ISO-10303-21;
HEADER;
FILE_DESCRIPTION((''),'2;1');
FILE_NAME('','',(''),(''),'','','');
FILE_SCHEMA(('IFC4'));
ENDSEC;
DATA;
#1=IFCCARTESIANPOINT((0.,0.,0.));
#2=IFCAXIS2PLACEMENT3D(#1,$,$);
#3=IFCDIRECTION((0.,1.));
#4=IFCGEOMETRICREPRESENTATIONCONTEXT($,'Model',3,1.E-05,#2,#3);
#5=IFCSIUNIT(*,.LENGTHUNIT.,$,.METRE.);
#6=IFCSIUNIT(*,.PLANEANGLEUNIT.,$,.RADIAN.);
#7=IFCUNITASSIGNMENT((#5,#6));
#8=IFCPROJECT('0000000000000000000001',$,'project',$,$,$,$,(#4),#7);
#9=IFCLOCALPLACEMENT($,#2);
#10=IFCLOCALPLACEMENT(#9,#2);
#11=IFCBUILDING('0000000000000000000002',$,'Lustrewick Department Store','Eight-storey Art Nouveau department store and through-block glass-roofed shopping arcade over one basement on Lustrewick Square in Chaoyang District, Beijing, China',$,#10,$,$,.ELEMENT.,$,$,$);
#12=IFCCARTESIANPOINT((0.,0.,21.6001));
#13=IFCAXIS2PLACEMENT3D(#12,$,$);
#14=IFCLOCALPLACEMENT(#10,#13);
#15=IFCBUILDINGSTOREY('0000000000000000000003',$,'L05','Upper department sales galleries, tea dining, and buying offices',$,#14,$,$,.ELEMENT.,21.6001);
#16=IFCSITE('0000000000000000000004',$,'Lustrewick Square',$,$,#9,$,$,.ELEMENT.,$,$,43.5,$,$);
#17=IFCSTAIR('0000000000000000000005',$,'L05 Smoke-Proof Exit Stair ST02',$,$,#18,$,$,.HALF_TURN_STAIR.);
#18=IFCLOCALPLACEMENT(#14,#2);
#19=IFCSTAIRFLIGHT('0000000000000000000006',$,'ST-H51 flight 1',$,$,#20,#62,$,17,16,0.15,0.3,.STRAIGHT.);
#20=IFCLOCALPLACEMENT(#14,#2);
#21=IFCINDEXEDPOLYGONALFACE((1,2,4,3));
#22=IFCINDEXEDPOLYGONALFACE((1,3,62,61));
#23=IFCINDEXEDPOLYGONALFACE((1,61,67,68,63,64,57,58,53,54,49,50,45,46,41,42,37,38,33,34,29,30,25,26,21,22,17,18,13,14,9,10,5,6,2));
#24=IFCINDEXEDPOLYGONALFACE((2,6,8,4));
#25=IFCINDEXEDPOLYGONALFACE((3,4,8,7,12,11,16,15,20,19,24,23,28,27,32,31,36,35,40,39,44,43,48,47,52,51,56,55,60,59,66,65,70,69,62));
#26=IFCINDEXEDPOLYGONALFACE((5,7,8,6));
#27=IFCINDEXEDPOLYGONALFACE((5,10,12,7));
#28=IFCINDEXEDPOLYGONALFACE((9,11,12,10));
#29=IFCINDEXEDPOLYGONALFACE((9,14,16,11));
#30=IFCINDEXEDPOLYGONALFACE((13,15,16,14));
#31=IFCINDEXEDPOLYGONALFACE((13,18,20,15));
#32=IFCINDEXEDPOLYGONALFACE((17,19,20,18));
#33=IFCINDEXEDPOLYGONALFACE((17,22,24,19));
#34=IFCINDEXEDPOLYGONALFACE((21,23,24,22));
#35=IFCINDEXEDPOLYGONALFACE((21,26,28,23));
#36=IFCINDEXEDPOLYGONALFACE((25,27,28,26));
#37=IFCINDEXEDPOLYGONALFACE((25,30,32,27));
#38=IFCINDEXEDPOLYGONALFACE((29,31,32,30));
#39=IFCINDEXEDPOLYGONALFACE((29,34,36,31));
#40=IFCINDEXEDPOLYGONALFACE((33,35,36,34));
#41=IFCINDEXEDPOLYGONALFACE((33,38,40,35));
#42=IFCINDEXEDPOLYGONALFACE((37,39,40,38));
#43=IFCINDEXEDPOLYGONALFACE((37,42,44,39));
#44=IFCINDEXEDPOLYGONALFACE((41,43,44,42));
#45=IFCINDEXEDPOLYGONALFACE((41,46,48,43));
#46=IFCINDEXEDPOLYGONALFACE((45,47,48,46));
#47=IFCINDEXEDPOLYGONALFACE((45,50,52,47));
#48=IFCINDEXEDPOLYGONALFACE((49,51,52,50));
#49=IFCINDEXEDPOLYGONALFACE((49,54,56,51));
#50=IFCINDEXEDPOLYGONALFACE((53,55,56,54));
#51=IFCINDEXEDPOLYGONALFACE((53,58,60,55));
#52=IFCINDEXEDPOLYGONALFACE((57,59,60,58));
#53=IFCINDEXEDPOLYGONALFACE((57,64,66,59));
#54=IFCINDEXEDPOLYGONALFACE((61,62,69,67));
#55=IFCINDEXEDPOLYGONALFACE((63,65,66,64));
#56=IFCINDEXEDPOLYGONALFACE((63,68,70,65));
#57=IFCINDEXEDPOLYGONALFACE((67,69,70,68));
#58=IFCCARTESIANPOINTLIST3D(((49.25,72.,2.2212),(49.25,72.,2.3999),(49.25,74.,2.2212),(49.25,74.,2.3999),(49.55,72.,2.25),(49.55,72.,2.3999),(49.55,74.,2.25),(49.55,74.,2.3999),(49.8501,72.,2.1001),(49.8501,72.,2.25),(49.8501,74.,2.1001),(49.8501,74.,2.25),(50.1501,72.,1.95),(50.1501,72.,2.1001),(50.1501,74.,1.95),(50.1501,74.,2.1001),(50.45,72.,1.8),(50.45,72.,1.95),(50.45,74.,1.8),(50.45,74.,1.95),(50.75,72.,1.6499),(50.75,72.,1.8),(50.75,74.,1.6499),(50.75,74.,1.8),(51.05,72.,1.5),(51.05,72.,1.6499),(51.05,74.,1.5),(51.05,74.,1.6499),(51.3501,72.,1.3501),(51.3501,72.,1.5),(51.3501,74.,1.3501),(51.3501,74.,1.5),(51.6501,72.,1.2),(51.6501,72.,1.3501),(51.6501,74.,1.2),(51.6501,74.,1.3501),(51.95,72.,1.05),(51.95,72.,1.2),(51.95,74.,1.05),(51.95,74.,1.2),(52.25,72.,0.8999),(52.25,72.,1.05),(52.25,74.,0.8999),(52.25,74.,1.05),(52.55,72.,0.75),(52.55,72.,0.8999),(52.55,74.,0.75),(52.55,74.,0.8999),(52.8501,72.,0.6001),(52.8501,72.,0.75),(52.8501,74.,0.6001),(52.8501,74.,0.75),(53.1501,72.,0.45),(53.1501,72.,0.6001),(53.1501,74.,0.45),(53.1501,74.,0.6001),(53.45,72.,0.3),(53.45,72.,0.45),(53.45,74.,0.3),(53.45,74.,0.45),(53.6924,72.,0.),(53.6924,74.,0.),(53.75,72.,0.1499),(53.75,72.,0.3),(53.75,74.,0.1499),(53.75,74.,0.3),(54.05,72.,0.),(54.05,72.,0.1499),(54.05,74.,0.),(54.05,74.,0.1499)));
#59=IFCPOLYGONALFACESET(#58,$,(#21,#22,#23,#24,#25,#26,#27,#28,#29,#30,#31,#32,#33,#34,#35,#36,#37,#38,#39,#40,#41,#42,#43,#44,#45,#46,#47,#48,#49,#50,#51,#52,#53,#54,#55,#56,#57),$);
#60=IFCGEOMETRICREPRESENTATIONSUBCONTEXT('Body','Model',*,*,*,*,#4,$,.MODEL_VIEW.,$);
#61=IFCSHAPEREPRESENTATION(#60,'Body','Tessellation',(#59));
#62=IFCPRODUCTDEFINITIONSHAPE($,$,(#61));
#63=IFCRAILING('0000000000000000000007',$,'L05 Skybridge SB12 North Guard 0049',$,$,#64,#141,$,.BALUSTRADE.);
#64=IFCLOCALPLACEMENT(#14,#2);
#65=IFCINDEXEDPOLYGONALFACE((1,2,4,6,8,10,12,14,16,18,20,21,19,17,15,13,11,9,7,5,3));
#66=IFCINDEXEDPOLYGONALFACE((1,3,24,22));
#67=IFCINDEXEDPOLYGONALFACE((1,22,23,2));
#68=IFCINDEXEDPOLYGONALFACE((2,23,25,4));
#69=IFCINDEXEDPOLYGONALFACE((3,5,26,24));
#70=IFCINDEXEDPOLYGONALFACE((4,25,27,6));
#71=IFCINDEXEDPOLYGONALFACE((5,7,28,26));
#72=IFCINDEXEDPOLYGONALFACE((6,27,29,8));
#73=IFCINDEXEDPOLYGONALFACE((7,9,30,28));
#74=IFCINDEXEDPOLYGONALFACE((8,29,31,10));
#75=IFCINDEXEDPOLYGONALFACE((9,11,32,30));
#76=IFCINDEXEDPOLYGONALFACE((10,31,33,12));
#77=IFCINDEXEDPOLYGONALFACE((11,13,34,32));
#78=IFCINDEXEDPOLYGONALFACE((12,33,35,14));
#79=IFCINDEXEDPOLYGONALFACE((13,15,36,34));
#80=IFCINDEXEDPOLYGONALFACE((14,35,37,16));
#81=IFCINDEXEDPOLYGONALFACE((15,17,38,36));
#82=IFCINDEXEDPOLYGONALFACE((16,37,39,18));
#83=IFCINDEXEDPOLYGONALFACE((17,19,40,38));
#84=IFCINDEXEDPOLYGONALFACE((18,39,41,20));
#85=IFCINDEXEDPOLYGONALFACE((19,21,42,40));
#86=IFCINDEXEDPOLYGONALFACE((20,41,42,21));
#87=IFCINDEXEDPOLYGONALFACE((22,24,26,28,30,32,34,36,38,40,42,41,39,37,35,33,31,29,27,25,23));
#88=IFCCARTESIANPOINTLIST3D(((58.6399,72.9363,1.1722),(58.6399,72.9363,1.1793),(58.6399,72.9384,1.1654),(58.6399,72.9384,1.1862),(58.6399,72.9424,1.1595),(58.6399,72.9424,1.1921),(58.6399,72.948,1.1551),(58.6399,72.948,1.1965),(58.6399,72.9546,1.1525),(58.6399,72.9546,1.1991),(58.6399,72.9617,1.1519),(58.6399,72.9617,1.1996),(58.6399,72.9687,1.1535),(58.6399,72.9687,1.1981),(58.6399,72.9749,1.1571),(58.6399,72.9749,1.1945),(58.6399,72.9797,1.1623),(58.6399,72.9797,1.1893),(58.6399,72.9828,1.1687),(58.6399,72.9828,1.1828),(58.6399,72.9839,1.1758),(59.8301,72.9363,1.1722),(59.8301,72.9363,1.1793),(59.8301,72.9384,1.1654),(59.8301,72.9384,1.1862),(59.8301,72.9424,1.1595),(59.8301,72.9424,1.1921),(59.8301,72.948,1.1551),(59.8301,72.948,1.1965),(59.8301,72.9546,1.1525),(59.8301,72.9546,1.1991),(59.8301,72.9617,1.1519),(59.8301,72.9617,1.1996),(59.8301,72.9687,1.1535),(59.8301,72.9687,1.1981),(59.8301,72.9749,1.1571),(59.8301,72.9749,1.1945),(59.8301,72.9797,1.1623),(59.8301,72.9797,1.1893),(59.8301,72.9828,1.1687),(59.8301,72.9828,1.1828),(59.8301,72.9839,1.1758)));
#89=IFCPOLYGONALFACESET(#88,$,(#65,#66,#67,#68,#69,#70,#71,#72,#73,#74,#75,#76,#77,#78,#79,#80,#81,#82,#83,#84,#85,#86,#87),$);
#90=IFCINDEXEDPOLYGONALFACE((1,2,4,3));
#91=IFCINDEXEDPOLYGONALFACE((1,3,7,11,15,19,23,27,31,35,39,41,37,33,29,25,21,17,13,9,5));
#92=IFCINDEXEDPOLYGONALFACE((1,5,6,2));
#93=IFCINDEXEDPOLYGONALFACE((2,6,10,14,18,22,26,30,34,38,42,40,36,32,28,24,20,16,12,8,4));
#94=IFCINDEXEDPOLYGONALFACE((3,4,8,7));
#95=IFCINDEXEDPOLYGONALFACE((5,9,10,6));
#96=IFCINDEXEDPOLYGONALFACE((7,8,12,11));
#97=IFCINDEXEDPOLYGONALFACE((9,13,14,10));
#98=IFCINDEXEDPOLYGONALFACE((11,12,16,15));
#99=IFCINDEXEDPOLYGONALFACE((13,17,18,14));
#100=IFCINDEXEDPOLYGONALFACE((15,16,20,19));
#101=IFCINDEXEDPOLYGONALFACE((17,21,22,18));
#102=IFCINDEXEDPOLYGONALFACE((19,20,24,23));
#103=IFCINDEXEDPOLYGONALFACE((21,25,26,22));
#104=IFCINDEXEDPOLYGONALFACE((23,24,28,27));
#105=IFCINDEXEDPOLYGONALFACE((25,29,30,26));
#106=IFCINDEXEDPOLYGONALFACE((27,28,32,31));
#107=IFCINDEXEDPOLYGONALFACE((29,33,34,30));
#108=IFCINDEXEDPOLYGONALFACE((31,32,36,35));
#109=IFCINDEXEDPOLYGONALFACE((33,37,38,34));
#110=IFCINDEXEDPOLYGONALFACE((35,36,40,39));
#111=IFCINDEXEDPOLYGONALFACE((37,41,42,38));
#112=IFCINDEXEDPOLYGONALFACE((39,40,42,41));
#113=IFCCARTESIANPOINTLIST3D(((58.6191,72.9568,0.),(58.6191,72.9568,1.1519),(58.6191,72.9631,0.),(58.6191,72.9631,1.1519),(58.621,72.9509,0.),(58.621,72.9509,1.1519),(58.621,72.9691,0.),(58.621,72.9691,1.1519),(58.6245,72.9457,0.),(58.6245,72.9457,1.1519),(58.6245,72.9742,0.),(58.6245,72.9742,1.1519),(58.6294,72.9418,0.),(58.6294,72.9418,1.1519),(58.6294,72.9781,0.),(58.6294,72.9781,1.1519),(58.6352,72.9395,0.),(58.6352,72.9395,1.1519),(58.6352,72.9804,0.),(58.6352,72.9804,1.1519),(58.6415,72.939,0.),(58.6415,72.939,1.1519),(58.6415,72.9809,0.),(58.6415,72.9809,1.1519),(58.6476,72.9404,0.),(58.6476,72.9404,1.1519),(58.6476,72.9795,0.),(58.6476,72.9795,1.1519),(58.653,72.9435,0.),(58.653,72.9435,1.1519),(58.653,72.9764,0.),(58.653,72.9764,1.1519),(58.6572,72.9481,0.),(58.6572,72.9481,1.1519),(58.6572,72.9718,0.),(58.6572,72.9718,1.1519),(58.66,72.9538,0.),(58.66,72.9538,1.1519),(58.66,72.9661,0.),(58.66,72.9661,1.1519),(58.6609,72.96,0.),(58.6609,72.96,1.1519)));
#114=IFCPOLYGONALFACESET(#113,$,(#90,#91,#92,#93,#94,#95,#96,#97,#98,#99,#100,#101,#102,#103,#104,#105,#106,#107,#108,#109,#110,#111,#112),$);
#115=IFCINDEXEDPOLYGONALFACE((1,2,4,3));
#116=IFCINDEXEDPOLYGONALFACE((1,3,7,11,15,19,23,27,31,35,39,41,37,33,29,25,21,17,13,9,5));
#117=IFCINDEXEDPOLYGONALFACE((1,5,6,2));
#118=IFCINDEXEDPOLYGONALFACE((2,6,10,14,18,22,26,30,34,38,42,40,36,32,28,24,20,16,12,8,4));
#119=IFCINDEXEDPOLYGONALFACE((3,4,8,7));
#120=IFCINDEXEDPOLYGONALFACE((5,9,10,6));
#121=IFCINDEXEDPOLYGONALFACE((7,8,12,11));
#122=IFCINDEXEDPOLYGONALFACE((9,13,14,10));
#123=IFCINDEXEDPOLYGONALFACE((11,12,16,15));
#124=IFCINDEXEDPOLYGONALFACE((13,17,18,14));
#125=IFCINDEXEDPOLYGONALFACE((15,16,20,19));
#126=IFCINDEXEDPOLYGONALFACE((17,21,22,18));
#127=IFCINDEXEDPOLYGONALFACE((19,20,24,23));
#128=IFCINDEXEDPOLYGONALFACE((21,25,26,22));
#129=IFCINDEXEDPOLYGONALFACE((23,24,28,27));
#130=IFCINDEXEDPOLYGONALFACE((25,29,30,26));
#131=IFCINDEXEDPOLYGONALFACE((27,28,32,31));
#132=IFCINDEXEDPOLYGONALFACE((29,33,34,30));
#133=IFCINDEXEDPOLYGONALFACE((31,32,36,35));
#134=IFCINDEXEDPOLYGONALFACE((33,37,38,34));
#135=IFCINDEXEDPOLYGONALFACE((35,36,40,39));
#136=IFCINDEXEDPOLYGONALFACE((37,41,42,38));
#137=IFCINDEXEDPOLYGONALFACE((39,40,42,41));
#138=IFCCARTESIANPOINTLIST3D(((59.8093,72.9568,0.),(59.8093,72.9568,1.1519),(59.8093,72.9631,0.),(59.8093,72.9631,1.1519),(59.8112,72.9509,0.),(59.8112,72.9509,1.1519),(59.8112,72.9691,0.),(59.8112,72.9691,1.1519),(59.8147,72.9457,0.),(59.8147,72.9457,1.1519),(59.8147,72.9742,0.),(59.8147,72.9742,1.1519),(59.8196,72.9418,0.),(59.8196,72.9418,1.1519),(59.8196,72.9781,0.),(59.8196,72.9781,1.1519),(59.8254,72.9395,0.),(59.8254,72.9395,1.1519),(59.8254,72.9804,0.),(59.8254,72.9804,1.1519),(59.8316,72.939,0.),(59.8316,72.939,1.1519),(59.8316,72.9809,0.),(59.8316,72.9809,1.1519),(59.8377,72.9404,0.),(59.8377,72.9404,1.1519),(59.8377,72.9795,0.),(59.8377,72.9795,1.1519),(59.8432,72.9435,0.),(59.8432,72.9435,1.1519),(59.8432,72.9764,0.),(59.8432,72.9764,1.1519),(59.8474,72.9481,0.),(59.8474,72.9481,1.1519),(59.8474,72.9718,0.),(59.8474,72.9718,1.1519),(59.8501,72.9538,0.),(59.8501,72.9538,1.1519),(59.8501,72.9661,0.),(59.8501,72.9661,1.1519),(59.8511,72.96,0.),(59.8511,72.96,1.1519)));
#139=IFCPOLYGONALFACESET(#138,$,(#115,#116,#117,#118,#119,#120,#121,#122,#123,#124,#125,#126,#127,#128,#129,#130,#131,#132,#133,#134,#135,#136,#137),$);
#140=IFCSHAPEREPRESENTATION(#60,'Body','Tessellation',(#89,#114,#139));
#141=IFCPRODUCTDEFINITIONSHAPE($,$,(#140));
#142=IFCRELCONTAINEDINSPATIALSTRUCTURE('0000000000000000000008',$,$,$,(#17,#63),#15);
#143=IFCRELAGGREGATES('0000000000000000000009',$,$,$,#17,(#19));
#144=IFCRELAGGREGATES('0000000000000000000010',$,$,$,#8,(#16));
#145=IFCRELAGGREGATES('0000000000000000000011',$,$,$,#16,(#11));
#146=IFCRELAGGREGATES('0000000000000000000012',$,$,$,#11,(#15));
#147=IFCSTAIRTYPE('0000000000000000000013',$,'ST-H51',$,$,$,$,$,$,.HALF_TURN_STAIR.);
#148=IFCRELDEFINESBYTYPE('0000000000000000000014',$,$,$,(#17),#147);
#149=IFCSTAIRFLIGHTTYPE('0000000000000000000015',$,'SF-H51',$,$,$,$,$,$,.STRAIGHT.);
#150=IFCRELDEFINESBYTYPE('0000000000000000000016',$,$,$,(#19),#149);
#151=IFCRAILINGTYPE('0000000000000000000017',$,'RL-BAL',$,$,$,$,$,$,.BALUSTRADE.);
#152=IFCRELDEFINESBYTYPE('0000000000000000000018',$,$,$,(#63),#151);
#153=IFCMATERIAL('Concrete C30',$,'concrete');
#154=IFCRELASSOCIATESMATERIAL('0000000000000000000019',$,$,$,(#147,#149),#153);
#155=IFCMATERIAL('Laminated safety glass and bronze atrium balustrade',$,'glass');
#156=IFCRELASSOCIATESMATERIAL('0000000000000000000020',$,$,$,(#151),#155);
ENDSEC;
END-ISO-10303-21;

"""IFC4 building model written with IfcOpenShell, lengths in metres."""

from ifc_helpers import new_model, si_unit, direction, frame, origin, origin_2d, place, context, subcontext, project, spatial, polyline, circle, outline, extrude, material, type_object, element, aggregate, save


model = new_model("IFC4")

# Units and contexts
model_context = context("Model", 3, precision=1e-05, world=origin(), true_north=direction((0.0, 1.0)))
body_context = subcontext(model_context, "Body", "Model", "MODEL_VIEW")
ifc_project = project(units=[si_unit("LENGTHUNIT", "METRE"), si_unit("PLANEANGLEUNIT", "RADIAN")], contexts=[model_context])

# Site, building, storey
site_placement = place(None, origin())
site = spatial("IfcSite", under=ifc_project, at=site_placement, Name="Lustrewick Square", CompositionType="ELEMENT", RefElevation=43.5)
building_placement = place(site_placement, origin())
building = spatial("IfcBuilding", under=site, at=building_placement, Name="Lustrewick Department Store", Description="Eight-storey Art Nouveau department store and through-block glass-roofed shopping arcade over one basement on Lustrewick Square in Chaoyang District, Beijing, China", CompositionType="ELEMENT")
storey_placement = place(building_placement, frame((0.0, 0.0, 21.6001)))
storey = spatial("IfcBuildingStorey", under=building, at=storey_placement, Name="L05", Description="Upper department sales galleries, tea dining, and buying offices", CompositionType="ELEMENT", Elevation=21.6001)

# Stair, stair flight
ifc_material_1 = material(Name="Concrete C30", Category="concrete")
stair_type = type_object("IfcStairType", Name="ST-H51", PredefinedType="HALF_TURN_STAIR", material=ifc_material_1)
stair_placement = place(storey_placement, origin())
stair = element("IfcStair", 1, at=stair_placement, inside=storey, type_object=stair_type, Name="L05 Smoke-Proof Exit Stair ST02", PredefinedType="HALF_TURN_STAIR")
stair_flight_type = type_object("IfcStairFlightType", Name="SF-H51", PredefinedType="STRAIGHT", material=ifc_material_1)
stair_flight_placement = place(storey_placement, frame((54.05, 73.0, 0.0), z_axis=(0.0, 0.0, 1.0), x_axis=(-1.0, 0.0, 0.0)))
stair_flight = element("IfcStairFlight", 2, at=stair_flight_placement, type_object=stair_flight_type, Name="ST-H51 flight 1", NumberOfRisers=17, NumberOfTreads=16, PredefinedType="STRAIGHT", RiserHeight=0.15, TreadLength=0.3, context=body_context, shape_type="SweptSolid", body=[
    extrude(outline(polyline([(0.0, 0.0), (0.0, 0.1499), (0.3, 0.1499), (0.3, 0.3), (0.6001, 0.3), (0.6001, 0.45), (0.8999, 0.45), (0.8999, 0.6001), (1.2, 0.6001), (1.2, 0.75), (1.5, 0.75), (1.5, 0.8999), (1.8, 0.8999), (1.8, 1.05), (2.1001, 1.05), (2.1001, 1.2), (2.3999, 1.2), (2.3999, 1.3501), (2.7, 1.3501), (2.7, 1.5), (3.0, 1.5), (3.0, 1.6499), (3.3, 1.6499), (3.3, 1.8), (3.6001, 1.8), (3.6001, 1.95), (3.8999, 1.95), (3.8999, 2.1001), (4.2, 2.1001), (4.2, 2.25), (4.5, 2.25), (4.5, 2.3999), (4.8, 2.3999), (4.8, 2.55), (4.8, 2.2212), (0.3577, 0.0), (0.0, 0.0)])), frame((0.0, 1.0, 0.0), z_axis=(0.0, -1.0, 0.0), x_axis=(1.0, 0.0, 0.0)), (0.0, 0.0, 1.0), 2.0),
])
aggregate(stair, [stair_flight])

# Railing
ifc_material_2 = material(Name="Laminated safety glass and bronze atrium balustrade", Category="glass")
railing_type_1 = type_object("IfcRailingType", Name="RL-BAL", PredefinedType="BALUSTRADE", material=ifc_material_2)
railing_1_placement = place(storey_placement, frame((58.6399, 72.96, 0.0)))
element("IfcRailing", 3, at=railing_1_placement, inside=storey, type_object=railing_type_1, Name="L05 Skybridge SB12 North Guard 0049", PredefinedType="BALUSTRADE", context=body_context, shape_type="SweptSolid", body=[
    extrude(circle(Radius=0.0239, at=origin_2d()), frame((0.0, 0.0, 1.1758), z_axis=(1.0, 0.0, 0.0), x_axis=(0.0, 1.0, 0.0)), (0.0, 0.0, 1.0), 1.1902),
    extrude(circle(Radius=0.021, at=origin_2d()), origin(), (0.0, 0.0, 1.0), 1.1519),
    extrude(circle(Radius=0.021, at=origin_2d()), frame((1.1902, 0.0, 0.0)), (0.0, 0.0, 1.0), 1.1519),
])

save(model, "model.ifc")
